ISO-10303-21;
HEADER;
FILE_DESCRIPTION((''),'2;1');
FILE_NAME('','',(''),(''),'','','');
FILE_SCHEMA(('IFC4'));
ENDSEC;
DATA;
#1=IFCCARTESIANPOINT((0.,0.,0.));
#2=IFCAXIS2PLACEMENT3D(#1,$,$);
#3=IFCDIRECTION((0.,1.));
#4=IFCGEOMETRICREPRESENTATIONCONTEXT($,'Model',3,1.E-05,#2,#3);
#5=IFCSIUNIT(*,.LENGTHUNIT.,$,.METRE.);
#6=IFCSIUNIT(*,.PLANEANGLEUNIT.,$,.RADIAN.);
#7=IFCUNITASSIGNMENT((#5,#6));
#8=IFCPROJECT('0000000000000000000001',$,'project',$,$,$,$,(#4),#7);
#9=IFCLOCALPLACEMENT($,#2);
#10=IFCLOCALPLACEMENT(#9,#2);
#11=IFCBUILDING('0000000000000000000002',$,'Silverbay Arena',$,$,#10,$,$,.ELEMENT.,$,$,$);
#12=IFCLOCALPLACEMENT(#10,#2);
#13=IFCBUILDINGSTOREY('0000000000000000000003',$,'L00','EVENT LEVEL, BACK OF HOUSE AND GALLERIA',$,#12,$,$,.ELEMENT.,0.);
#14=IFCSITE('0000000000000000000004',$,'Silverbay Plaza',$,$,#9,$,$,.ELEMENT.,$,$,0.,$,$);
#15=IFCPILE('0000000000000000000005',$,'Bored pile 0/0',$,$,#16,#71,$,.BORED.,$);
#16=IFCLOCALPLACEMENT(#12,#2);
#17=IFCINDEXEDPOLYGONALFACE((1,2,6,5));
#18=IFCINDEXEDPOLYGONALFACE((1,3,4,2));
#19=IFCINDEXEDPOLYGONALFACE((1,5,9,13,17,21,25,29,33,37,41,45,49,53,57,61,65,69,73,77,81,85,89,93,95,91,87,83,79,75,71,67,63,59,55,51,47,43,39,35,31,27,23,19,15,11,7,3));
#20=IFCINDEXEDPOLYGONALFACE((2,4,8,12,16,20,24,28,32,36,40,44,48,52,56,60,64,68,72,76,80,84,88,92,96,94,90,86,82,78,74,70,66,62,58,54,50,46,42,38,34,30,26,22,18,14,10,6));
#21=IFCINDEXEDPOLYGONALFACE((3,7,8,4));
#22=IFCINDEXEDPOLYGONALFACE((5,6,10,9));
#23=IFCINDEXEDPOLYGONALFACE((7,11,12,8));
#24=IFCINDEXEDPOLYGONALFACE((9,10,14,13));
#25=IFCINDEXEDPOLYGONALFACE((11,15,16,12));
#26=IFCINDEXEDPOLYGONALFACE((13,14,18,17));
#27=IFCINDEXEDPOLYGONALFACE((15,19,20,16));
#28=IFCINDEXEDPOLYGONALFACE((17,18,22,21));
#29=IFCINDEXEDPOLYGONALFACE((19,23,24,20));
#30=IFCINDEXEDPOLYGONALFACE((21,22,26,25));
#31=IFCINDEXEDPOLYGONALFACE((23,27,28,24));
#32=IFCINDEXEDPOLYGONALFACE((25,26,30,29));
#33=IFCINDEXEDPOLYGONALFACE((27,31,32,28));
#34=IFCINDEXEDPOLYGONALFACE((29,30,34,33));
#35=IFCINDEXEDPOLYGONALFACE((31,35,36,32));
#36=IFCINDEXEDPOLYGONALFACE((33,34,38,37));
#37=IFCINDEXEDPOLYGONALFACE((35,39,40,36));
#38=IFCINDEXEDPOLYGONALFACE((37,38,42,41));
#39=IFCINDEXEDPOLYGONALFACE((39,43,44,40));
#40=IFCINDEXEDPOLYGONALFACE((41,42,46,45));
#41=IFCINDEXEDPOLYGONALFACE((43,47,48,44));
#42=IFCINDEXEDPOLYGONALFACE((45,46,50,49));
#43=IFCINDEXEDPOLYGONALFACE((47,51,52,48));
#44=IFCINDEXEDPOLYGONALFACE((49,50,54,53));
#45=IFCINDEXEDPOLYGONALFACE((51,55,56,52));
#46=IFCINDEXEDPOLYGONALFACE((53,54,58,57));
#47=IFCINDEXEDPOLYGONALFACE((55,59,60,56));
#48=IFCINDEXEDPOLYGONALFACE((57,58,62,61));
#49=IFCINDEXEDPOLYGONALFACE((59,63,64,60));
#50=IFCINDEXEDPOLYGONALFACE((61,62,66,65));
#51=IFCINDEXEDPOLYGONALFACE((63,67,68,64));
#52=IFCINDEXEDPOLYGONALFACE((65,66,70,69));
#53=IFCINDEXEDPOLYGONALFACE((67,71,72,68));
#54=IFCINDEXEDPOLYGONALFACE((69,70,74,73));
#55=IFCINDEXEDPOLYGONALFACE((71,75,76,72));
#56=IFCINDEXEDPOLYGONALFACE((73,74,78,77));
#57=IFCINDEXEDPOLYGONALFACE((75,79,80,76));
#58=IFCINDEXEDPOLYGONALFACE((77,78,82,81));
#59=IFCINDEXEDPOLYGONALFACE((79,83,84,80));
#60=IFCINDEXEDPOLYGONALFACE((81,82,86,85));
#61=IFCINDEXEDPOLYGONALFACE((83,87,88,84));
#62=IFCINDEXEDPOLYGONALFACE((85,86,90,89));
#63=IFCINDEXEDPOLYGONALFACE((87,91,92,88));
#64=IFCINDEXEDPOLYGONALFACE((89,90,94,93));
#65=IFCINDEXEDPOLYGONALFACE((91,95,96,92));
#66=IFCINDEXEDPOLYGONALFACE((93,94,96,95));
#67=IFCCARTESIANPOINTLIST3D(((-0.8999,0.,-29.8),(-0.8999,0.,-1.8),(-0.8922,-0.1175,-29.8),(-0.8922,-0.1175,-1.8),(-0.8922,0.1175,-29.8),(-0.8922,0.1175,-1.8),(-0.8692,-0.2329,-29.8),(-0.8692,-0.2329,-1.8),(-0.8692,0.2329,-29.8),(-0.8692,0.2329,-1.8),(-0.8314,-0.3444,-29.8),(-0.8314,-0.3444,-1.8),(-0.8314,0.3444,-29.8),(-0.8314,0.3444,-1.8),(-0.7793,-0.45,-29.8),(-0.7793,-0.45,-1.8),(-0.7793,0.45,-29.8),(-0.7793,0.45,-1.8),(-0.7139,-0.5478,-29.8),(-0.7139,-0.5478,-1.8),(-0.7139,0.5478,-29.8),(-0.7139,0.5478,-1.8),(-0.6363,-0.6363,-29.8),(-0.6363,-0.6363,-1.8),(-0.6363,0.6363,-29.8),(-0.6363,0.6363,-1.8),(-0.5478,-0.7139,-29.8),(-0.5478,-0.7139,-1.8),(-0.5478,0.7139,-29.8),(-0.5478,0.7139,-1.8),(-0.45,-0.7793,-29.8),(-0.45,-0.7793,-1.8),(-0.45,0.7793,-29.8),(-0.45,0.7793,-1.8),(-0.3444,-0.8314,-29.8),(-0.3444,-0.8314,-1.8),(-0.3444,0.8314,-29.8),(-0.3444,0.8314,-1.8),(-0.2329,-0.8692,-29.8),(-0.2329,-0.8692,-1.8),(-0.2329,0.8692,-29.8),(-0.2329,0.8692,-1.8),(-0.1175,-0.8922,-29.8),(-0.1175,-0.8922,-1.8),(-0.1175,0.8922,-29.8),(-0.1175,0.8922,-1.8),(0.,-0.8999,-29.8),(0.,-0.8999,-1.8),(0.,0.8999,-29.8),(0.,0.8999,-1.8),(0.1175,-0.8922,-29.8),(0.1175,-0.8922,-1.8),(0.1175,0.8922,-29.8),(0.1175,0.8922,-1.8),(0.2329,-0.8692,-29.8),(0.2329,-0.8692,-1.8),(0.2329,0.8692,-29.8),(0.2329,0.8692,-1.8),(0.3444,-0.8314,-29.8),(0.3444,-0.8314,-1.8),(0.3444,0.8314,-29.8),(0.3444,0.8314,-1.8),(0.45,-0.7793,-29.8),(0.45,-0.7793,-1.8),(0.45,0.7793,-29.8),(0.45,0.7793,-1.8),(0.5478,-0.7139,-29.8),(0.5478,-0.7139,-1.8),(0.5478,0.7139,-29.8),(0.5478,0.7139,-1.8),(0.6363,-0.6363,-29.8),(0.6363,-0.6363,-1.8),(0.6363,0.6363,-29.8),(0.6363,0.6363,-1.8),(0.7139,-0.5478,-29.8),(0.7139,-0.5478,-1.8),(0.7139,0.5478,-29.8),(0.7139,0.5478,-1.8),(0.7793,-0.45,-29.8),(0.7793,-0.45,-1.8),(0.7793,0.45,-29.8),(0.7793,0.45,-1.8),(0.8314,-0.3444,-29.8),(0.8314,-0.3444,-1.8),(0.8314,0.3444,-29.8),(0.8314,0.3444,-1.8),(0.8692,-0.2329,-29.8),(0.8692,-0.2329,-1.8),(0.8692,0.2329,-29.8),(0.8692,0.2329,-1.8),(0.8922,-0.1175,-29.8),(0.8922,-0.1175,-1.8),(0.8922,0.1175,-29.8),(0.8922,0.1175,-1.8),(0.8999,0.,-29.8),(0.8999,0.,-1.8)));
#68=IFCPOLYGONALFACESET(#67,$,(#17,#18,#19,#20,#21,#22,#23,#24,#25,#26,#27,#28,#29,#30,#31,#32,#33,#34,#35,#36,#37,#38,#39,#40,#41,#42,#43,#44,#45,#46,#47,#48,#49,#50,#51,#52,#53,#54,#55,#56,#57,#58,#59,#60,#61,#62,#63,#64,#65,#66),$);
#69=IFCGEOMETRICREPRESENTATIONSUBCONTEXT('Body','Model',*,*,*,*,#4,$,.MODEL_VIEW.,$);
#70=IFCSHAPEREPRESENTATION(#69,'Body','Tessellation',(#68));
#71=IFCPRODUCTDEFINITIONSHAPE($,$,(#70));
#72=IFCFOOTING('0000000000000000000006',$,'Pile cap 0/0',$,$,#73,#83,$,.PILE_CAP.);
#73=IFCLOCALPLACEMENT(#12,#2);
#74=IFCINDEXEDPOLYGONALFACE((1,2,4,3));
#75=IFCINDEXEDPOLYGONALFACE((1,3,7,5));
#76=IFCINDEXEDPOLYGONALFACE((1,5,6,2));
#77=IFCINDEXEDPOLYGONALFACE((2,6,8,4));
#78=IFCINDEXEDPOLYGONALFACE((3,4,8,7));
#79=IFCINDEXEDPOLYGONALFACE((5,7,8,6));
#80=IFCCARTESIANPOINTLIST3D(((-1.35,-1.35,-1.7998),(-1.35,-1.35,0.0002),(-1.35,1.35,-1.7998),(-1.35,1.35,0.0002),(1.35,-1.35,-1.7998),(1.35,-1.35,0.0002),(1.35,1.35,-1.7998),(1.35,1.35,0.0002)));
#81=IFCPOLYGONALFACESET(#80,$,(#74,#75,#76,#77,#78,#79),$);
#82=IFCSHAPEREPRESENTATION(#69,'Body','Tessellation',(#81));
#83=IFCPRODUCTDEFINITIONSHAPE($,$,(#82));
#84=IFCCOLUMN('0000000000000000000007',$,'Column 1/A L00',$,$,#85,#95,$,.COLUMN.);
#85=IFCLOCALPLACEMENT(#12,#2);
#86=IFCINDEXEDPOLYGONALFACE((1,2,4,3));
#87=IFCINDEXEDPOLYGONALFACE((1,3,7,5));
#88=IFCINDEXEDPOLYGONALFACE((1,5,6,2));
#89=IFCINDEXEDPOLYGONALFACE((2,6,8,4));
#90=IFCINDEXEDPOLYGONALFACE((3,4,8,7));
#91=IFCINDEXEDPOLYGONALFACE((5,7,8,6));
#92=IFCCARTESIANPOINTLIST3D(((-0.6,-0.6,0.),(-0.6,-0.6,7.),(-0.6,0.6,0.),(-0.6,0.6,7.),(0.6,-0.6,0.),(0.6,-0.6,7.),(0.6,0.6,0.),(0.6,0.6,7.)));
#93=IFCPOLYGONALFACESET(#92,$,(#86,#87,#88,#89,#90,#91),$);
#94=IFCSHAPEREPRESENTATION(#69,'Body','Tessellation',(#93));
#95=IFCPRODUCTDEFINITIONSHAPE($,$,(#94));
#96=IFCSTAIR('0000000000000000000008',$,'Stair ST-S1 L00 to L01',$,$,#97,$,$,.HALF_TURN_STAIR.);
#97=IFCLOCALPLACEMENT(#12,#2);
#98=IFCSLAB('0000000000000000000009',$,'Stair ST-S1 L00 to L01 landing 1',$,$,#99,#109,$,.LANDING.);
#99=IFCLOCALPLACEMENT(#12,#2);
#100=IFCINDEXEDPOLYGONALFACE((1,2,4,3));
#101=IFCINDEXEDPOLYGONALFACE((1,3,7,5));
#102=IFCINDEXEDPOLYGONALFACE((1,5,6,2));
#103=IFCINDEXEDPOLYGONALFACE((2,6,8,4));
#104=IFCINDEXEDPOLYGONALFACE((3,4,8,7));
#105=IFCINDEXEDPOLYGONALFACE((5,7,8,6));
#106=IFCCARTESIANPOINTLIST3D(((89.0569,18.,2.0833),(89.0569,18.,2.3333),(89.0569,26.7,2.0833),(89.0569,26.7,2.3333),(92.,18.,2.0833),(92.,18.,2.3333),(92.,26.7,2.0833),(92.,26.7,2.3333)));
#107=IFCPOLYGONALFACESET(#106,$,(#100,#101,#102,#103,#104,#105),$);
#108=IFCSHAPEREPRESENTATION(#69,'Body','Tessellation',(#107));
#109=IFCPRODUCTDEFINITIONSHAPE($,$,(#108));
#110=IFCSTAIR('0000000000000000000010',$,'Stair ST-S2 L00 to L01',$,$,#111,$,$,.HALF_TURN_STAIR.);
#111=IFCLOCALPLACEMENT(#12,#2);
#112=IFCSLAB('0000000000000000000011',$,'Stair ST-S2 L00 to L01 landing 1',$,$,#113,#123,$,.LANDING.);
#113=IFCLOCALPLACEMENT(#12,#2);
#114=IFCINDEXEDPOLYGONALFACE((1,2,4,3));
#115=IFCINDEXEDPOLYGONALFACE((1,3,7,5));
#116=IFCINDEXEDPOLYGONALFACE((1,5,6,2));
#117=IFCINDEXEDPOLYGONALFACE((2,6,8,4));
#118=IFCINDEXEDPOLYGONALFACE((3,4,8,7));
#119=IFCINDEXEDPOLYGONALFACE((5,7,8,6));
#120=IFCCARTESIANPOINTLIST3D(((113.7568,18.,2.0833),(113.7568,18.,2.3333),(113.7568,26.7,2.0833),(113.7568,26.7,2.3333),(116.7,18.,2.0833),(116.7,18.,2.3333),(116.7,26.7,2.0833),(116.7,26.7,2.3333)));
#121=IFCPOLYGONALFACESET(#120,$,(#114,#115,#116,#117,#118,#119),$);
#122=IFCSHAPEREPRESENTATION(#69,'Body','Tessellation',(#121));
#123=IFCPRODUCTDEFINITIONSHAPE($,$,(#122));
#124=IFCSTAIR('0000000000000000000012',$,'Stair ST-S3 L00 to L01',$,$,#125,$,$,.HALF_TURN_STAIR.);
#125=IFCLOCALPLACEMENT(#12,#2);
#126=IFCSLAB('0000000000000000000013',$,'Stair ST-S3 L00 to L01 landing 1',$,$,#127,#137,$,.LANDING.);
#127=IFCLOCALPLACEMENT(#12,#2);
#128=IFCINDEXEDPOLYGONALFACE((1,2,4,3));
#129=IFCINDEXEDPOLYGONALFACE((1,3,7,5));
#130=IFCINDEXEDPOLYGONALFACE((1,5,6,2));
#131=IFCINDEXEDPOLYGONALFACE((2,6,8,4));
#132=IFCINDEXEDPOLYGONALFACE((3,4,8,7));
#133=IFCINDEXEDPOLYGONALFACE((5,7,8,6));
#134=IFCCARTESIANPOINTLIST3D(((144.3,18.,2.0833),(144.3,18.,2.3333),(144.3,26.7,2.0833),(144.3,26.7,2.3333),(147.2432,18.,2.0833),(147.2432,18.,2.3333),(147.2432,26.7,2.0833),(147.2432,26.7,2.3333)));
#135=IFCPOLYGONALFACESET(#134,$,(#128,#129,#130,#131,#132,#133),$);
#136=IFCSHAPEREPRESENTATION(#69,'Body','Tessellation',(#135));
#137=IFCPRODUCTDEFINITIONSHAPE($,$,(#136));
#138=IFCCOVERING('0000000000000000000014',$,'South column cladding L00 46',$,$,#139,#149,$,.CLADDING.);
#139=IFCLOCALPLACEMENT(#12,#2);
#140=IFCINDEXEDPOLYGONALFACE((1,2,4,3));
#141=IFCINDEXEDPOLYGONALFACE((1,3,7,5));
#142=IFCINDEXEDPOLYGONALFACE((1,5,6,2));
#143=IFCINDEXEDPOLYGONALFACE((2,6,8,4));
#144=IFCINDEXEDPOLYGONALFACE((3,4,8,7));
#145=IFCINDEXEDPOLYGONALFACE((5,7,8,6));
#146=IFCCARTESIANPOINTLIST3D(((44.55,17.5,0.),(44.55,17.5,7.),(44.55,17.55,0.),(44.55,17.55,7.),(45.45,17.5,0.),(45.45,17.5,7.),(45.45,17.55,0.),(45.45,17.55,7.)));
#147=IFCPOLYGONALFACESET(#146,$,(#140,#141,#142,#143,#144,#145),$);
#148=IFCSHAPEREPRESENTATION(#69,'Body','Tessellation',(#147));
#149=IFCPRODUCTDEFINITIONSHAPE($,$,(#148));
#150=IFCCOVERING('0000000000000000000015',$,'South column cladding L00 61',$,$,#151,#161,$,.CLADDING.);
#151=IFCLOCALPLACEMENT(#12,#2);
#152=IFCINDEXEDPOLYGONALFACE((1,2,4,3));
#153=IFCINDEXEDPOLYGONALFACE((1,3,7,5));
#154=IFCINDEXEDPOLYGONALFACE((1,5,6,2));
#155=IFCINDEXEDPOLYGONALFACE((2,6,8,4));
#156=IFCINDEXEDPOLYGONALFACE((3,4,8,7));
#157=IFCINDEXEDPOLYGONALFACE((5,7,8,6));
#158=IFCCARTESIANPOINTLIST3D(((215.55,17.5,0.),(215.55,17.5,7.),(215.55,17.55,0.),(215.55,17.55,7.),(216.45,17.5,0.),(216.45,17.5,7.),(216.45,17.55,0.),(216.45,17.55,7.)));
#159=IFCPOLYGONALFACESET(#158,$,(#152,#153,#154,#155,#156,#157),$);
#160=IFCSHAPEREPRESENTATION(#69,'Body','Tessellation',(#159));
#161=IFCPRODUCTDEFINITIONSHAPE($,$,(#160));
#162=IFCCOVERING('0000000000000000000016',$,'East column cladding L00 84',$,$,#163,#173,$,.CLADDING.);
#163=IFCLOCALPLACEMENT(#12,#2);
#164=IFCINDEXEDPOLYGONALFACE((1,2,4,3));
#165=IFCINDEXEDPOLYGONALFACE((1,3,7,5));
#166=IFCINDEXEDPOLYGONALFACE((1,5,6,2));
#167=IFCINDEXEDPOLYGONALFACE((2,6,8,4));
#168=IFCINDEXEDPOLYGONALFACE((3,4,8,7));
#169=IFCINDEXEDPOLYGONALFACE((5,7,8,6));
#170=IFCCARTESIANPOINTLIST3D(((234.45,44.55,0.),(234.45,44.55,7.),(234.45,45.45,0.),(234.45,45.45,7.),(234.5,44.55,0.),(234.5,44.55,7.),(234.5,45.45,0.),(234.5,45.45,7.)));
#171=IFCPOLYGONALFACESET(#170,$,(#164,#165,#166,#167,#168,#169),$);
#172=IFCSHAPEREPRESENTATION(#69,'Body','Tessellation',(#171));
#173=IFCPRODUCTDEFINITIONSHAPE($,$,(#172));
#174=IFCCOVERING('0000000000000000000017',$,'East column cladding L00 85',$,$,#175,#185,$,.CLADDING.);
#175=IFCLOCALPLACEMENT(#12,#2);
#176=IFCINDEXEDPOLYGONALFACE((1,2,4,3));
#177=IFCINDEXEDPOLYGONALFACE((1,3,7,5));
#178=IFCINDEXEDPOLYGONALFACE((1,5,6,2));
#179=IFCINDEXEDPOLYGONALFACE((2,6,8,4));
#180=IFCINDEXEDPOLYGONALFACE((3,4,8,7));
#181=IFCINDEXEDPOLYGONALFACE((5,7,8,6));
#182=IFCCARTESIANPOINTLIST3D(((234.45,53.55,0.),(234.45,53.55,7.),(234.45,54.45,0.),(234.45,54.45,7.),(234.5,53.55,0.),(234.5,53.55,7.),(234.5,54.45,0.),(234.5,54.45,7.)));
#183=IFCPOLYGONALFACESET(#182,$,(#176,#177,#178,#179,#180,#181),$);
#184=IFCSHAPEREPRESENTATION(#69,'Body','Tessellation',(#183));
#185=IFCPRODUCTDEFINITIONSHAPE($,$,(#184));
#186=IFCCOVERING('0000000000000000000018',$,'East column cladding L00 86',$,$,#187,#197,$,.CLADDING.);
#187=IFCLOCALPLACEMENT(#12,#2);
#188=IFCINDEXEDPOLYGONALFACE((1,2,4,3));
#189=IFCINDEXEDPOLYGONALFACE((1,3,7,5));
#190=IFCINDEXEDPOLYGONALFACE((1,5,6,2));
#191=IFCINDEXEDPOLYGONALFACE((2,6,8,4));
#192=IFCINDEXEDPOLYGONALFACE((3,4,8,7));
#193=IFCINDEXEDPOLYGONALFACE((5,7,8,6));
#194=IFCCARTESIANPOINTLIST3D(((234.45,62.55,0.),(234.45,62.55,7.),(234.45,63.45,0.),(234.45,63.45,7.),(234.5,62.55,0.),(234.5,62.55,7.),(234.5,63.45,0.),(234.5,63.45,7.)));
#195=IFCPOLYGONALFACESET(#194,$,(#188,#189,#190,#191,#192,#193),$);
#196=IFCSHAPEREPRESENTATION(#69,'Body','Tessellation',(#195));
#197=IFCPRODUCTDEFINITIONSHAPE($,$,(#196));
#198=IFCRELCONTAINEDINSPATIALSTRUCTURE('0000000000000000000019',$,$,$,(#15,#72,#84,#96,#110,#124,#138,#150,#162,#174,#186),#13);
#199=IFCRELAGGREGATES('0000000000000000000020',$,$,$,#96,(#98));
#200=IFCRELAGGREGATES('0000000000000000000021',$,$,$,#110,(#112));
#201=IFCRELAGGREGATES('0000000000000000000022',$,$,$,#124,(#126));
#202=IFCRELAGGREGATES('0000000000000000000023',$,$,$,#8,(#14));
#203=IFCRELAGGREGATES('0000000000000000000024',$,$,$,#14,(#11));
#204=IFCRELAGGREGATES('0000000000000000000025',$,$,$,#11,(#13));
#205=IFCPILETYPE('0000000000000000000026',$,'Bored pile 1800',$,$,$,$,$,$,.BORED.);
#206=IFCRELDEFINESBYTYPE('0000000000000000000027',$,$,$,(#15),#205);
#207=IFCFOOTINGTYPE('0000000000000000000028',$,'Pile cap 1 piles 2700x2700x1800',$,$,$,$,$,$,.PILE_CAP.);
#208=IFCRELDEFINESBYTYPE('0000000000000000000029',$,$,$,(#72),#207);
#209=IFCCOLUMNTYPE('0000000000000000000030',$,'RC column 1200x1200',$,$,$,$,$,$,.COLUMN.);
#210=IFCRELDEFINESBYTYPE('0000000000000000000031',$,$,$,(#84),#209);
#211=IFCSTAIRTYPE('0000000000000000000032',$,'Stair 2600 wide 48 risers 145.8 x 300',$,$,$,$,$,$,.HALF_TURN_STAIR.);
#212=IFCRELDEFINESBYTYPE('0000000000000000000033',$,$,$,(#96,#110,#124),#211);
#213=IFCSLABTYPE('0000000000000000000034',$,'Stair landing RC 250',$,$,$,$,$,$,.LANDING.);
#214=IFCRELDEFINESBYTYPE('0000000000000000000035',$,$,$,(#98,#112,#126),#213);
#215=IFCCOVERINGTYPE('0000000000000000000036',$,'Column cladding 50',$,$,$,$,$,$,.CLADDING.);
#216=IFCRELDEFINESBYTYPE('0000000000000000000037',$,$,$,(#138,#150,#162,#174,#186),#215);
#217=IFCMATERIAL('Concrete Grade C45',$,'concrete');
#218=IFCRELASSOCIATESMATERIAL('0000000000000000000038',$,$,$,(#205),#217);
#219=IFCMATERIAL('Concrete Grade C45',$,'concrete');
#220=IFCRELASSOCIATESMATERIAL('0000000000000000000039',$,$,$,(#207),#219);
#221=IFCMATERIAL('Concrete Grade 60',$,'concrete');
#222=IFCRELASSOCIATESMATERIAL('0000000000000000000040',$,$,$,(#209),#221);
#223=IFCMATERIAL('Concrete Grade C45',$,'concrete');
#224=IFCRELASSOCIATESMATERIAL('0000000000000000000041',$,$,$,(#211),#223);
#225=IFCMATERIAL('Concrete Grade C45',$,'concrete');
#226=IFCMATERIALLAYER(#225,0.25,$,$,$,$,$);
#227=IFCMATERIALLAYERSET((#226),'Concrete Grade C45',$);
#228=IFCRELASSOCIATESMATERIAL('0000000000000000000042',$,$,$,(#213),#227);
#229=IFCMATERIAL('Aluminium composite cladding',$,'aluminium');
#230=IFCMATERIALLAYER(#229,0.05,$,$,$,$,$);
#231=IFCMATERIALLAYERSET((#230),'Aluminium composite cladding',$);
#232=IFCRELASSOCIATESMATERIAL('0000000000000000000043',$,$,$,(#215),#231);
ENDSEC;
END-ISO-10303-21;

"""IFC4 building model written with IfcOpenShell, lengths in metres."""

from ifc_helpers import new_model, si_unit, direction, frame, origin, origin_with_axes, origin_2d, place, context, subcontext, project, spatial, polyline, rectangle, circle, outline, extrude, material, layer, layer_set, material_profile, profile_set, type_object, element, aggregate, save


model = new_model("IFC4")

# Units and contexts
model_context = context("Model", 3, precision=1e-05, world=origin(), true_north=direction((0.0, 1.0)))
body_context = subcontext(model_context, "Body", "Model", "MODEL_VIEW")
ifc_project = project(units=[si_unit("LENGTHUNIT", "METRE"), si_unit("PLANEANGLEUNIT", "RADIAN")], contexts=[model_context])

# Site, building, storey
site_placement = place(None, origin())
site = spatial("IfcSite", under=ifc_project, at=site_placement, Name="Silverbay Plaza", CompositionType="ELEMENT", RefElevation=0.0)
building_placement = place(site_placement, origin())
building = spatial("IfcBuilding", under=site, at=building_placement, Name="Silverbay Arena", CompositionType="ELEMENT")
storey_placement = place(building_placement, origin())
storey = spatial("IfcBuildingStorey", under=building, at=storey_placement, Name="L00", Description="EVENT LEVEL, BACK OF HOUSE AND GALLERIA", CompositionType="ELEMENT", Elevation=0.0)

# Pile
ifc_material_1 = material(Name="Concrete Grade C45", Category="concrete")
ifc_material_profile_1 = material_profile(ifc_material_1, circle(Radius=0.8999, at=origin_2d()), Name="Bored pile 1800")
ifc_profile_set_1 = profile_set([ifc_material_profile_1], Name="Concrete Grade C45")
pile_type = type_object("IfcPileType", Name="Bored pile 1800", PredefinedType="BORED", material=ifc_profile_set_1)
pile_placement = place(storey_placement, frame((0.0, 0.0, -1.8), z_axis=(0.0, 0.0, -1.0), x_axis=(1.0, 0.0, 0.0)))
element("IfcPile", 1, at=pile_placement, inside=storey, type_object=pile_type, Name="Bored pile 0/0", PredefinedType="BORED", context=body_context, shape_type="SweptSolid", body=[
    extrude(circle(Radius=0.8999, at=origin_2d()), origin(), (0.0, 0.0, 1.0), 28.0),
])

# Footing
ifc_material_2 = material(Name="Concrete Grade C45", Category="concrete")
footing_type = type_object("IfcFootingType", Name="Pile cap 1 piles 2700x2700x1800", PredefinedType="PILE_CAP", material=ifc_material_2)
footing_placement = place(storey_placement, frame((0.0, 0.0, -1.7998), z_axis=(0.0, 0.0, 1.0), x_axis=(1.0, 0.0, 0.0)))
element("IfcFooting", 2, at=footing_placement, inside=storey, type_object=footing_type, Name="Pile cap 0/0", PredefinedType="PILE_CAP", context=body_context, shape_type="SweptSolid", body=[
    extrude(rectangle(XDim=2.7, YDim=2.7, at=origin_2d()), origin(), (0.0, 0.0, 1.0), 1.8),
])

# Column
ifc_material_3 = material(Name="Concrete Grade 60", Category="concrete")
ifc_material_profile_2 = material_profile(ifc_material_3, rectangle(XDim=1.2, YDim=1.2, at=origin_2d()), Name="RC 1200x1200")
ifc_profile_set_2 = profile_set([ifc_material_profile_2], Name="Concrete Grade 60")
column_type = type_object("IfcColumnType", Name="RC column 1200x1200", PredefinedType="COLUMN", material=ifc_profile_set_2)
column_placement = place(storey_placement, origin_with_axes())
element("IfcColumn", 3, at=column_placement, inside=storey, type_object=column_type, Name="Column 1/A L00", PredefinedType="COLUMN", context=body_context, shape_type="SweptSolid", body=[
    extrude(rectangle(XDim=1.2, YDim=1.2, at=origin_2d()), origin(), (0.0, 0.0, 1.0), 7.0),
])

# Stairs, slabs
ifc_material_4 = material(Name="Concrete Grade C45", Category="concrete")
stair_type = type_object("IfcStairType", Name="Stair 2600 wide 48 risers 145.8 x 300", PredefinedType="HALF_TURN_STAIR", material=ifc_material_4)
stair_1_placement = place(storey_placement, origin())
stair_1 = element("IfcStair", 4, at=stair_1_placement, inside=storey, type_object=stair_type, Name="Stair ST-S1 L00 to L01", PredefinedType="HALF_TURN_STAIR")
ifc_material_5 = material(Name="Concrete Grade C45", Category="concrete")
ifc_layer_1 = layer(ifc_material_5, 0.25)
ifc_layer_set_1 = layer_set([ifc_layer_1], Name="Concrete Grade C45")
slab_type = type_object("IfcSlabType", Name="Stair landing RC 250", PredefinedType="LANDING", material=ifc_layer_set_1)
slab_1_placement = place(storey_placement, frame((0.0, 0.0, 2.0833)))
slab_1 = element("IfcSlab", 5, at=slab_1_placement, type_object=slab_type, Name="Stair ST-S1 L00 to L01 landing 1", PredefinedType="LANDING", context=body_context, shape_type="SweptSolid", body=[
    extrude(outline(polyline([(89.0569, 26.7), (92.0, 26.7), (92.0, 18.0), (89.0569, 18.0), (89.0569, 26.7)])), origin(), (0.0, 0.0, 1.0), 0.25),
])
aggregate(stair_1, [slab_1])
stair_2_placement = place(storey_placement, origin())
stair_2 = element("IfcStair", 6, at=stair_2_placement, inside=storey, type_object=stair_type, Name="Stair ST-S2 L00 to L01", PredefinedType="HALF_TURN_STAIR")
slab_2_placement = place(storey_placement, frame((0.0, 0.0, 2.0833)))
slab_2 = element("IfcSlab", 7, at=slab_2_placement, type_object=slab_type, Name="Stair ST-S2 L00 to L01 landing 1", PredefinedType="LANDING", context=body_context, shape_type="SweptSolid", body=[
    extrude(outline(polyline([(113.7568, 26.7), (116.7, 26.7), (116.7, 18.0), (113.7568, 18.0), (113.7568, 26.7)])), origin(), (0.0, 0.0, 1.0), 0.25),
])
aggregate(stair_2, [slab_2])
stair_3_placement = place(storey_placement, origin())
stair_3 = element("IfcStair", 8, at=stair_3_placement, inside=storey, type_object=stair_type, Name="Stair ST-S3 L00 to L01", PredefinedType="HALF_TURN_STAIR")
slab_3_placement = place(storey_placement, frame((0.0, 0.0, 2.0833)))
slab_3 = element("IfcSlab", 9, at=slab_3_placement, type_object=slab_type, Name="Stair ST-S3 L00 to L01 landing 1", PredefinedType="LANDING", context=body_context, shape_type="SweptSolid", body=[
    extrude(outline(polyline([(147.2432, 26.7), (144.3, 26.7), (144.3, 18.0), (147.2432, 18.0), (147.2432, 26.7)])), origin(), (0.0, 0.0, 1.0), 0.25),
])
aggregate(stair_3, [slab_3])

# Coverings
ifc_material_6 = material(Name="Aluminium composite cladding", Category="aluminium")
ifc_layer_2 = layer(ifc_material_6, 0.05)
ifc_layer_set_2 = layer_set([ifc_layer_2], Name="Aluminium composite cladding")
covering_type_1 = type_object("IfcCoveringType", Name="Column cladding 50", PredefinedType="CLADDING", material=ifc_layer_set_2)
covering_1_placement = place(storey_placement, origin())
element("IfcCovering", 10, at=covering_1_placement, inside=storey, type_object=covering_type_1, Name="South column cladding L00 46", PredefinedType="CLADDING", context=body_context, shape_type="SweptSolid", body=[
    extrude(outline(polyline([(44.55, 17.5), (45.45, 17.5), (45.45, 17.55), (44.55, 17.55), (44.55, 17.5)])), origin(), (0.0, 0.0, 1.0), 7.0),
])
covering_2_placement = place(storey_placement, origin())
element("IfcCovering", 11, at=covering_2_placement, inside=storey, type_object=covering_type_1, Name="South column cladding L00 61", PredefinedType="CLADDING", context=body_context, shape_type="SweptSolid", body=[
    extrude(outline(polyline([(215.55, 17.5), (216.45, 17.5), (216.45, 17.55), (215.55, 17.55), (215.55, 17.5)])), origin(), (0.0, 0.0, 1.0), 7.0),
])
covering_3_placement = place(storey_placement, origin())
element("IfcCovering", 12, at=covering_3_placement, inside=storey, type_object=covering_type_1, Name="East column cladding L00 84", PredefinedType="CLADDING", context=body_context, shape_type="SweptSolid", body=[
    extrude(outline(polyline([(234.45, 44.55), (234.5, 44.55), (234.5, 45.45), (234.45, 45.45), (234.45, 44.55)])), origin(), (0.0, 0.0, 1.0), 7.0),
])
covering_4_placement = place(storey_placement, origin())
element("IfcCovering", 13, at=covering_4_placement, inside=storey, type_object=covering_type_1, Name="East column cladding L00 85", PredefinedType="CLADDING", context=body_context, shape_type="SweptSolid", body=[
    extrude(outline(polyline([(234.45, 53.55), (234.5, 53.55), (234.5, 54.45), (234.45, 54.45), (234.45, 53.55)])), origin(), (0.0, 0.0, 1.0), 7.0),
])
covering_5_placement = place(storey_placement, origin())
element("IfcCovering", 14, at=covering_5_placement, inside=storey, type_object=covering_type_1, Name="East column cladding L00 86", PredefinedType="CLADDING", context=body_context, shape_type="SweptSolid", body=[
    extrude(outline(polyline([(234.45, 62.55), (234.5, 62.55), (234.5, 63.45), (234.45, 63.45), (234.45, 62.55)])), origin(), (0.0, 0.0, 1.0), 7.0),
])

save(model, "model.ifc")
